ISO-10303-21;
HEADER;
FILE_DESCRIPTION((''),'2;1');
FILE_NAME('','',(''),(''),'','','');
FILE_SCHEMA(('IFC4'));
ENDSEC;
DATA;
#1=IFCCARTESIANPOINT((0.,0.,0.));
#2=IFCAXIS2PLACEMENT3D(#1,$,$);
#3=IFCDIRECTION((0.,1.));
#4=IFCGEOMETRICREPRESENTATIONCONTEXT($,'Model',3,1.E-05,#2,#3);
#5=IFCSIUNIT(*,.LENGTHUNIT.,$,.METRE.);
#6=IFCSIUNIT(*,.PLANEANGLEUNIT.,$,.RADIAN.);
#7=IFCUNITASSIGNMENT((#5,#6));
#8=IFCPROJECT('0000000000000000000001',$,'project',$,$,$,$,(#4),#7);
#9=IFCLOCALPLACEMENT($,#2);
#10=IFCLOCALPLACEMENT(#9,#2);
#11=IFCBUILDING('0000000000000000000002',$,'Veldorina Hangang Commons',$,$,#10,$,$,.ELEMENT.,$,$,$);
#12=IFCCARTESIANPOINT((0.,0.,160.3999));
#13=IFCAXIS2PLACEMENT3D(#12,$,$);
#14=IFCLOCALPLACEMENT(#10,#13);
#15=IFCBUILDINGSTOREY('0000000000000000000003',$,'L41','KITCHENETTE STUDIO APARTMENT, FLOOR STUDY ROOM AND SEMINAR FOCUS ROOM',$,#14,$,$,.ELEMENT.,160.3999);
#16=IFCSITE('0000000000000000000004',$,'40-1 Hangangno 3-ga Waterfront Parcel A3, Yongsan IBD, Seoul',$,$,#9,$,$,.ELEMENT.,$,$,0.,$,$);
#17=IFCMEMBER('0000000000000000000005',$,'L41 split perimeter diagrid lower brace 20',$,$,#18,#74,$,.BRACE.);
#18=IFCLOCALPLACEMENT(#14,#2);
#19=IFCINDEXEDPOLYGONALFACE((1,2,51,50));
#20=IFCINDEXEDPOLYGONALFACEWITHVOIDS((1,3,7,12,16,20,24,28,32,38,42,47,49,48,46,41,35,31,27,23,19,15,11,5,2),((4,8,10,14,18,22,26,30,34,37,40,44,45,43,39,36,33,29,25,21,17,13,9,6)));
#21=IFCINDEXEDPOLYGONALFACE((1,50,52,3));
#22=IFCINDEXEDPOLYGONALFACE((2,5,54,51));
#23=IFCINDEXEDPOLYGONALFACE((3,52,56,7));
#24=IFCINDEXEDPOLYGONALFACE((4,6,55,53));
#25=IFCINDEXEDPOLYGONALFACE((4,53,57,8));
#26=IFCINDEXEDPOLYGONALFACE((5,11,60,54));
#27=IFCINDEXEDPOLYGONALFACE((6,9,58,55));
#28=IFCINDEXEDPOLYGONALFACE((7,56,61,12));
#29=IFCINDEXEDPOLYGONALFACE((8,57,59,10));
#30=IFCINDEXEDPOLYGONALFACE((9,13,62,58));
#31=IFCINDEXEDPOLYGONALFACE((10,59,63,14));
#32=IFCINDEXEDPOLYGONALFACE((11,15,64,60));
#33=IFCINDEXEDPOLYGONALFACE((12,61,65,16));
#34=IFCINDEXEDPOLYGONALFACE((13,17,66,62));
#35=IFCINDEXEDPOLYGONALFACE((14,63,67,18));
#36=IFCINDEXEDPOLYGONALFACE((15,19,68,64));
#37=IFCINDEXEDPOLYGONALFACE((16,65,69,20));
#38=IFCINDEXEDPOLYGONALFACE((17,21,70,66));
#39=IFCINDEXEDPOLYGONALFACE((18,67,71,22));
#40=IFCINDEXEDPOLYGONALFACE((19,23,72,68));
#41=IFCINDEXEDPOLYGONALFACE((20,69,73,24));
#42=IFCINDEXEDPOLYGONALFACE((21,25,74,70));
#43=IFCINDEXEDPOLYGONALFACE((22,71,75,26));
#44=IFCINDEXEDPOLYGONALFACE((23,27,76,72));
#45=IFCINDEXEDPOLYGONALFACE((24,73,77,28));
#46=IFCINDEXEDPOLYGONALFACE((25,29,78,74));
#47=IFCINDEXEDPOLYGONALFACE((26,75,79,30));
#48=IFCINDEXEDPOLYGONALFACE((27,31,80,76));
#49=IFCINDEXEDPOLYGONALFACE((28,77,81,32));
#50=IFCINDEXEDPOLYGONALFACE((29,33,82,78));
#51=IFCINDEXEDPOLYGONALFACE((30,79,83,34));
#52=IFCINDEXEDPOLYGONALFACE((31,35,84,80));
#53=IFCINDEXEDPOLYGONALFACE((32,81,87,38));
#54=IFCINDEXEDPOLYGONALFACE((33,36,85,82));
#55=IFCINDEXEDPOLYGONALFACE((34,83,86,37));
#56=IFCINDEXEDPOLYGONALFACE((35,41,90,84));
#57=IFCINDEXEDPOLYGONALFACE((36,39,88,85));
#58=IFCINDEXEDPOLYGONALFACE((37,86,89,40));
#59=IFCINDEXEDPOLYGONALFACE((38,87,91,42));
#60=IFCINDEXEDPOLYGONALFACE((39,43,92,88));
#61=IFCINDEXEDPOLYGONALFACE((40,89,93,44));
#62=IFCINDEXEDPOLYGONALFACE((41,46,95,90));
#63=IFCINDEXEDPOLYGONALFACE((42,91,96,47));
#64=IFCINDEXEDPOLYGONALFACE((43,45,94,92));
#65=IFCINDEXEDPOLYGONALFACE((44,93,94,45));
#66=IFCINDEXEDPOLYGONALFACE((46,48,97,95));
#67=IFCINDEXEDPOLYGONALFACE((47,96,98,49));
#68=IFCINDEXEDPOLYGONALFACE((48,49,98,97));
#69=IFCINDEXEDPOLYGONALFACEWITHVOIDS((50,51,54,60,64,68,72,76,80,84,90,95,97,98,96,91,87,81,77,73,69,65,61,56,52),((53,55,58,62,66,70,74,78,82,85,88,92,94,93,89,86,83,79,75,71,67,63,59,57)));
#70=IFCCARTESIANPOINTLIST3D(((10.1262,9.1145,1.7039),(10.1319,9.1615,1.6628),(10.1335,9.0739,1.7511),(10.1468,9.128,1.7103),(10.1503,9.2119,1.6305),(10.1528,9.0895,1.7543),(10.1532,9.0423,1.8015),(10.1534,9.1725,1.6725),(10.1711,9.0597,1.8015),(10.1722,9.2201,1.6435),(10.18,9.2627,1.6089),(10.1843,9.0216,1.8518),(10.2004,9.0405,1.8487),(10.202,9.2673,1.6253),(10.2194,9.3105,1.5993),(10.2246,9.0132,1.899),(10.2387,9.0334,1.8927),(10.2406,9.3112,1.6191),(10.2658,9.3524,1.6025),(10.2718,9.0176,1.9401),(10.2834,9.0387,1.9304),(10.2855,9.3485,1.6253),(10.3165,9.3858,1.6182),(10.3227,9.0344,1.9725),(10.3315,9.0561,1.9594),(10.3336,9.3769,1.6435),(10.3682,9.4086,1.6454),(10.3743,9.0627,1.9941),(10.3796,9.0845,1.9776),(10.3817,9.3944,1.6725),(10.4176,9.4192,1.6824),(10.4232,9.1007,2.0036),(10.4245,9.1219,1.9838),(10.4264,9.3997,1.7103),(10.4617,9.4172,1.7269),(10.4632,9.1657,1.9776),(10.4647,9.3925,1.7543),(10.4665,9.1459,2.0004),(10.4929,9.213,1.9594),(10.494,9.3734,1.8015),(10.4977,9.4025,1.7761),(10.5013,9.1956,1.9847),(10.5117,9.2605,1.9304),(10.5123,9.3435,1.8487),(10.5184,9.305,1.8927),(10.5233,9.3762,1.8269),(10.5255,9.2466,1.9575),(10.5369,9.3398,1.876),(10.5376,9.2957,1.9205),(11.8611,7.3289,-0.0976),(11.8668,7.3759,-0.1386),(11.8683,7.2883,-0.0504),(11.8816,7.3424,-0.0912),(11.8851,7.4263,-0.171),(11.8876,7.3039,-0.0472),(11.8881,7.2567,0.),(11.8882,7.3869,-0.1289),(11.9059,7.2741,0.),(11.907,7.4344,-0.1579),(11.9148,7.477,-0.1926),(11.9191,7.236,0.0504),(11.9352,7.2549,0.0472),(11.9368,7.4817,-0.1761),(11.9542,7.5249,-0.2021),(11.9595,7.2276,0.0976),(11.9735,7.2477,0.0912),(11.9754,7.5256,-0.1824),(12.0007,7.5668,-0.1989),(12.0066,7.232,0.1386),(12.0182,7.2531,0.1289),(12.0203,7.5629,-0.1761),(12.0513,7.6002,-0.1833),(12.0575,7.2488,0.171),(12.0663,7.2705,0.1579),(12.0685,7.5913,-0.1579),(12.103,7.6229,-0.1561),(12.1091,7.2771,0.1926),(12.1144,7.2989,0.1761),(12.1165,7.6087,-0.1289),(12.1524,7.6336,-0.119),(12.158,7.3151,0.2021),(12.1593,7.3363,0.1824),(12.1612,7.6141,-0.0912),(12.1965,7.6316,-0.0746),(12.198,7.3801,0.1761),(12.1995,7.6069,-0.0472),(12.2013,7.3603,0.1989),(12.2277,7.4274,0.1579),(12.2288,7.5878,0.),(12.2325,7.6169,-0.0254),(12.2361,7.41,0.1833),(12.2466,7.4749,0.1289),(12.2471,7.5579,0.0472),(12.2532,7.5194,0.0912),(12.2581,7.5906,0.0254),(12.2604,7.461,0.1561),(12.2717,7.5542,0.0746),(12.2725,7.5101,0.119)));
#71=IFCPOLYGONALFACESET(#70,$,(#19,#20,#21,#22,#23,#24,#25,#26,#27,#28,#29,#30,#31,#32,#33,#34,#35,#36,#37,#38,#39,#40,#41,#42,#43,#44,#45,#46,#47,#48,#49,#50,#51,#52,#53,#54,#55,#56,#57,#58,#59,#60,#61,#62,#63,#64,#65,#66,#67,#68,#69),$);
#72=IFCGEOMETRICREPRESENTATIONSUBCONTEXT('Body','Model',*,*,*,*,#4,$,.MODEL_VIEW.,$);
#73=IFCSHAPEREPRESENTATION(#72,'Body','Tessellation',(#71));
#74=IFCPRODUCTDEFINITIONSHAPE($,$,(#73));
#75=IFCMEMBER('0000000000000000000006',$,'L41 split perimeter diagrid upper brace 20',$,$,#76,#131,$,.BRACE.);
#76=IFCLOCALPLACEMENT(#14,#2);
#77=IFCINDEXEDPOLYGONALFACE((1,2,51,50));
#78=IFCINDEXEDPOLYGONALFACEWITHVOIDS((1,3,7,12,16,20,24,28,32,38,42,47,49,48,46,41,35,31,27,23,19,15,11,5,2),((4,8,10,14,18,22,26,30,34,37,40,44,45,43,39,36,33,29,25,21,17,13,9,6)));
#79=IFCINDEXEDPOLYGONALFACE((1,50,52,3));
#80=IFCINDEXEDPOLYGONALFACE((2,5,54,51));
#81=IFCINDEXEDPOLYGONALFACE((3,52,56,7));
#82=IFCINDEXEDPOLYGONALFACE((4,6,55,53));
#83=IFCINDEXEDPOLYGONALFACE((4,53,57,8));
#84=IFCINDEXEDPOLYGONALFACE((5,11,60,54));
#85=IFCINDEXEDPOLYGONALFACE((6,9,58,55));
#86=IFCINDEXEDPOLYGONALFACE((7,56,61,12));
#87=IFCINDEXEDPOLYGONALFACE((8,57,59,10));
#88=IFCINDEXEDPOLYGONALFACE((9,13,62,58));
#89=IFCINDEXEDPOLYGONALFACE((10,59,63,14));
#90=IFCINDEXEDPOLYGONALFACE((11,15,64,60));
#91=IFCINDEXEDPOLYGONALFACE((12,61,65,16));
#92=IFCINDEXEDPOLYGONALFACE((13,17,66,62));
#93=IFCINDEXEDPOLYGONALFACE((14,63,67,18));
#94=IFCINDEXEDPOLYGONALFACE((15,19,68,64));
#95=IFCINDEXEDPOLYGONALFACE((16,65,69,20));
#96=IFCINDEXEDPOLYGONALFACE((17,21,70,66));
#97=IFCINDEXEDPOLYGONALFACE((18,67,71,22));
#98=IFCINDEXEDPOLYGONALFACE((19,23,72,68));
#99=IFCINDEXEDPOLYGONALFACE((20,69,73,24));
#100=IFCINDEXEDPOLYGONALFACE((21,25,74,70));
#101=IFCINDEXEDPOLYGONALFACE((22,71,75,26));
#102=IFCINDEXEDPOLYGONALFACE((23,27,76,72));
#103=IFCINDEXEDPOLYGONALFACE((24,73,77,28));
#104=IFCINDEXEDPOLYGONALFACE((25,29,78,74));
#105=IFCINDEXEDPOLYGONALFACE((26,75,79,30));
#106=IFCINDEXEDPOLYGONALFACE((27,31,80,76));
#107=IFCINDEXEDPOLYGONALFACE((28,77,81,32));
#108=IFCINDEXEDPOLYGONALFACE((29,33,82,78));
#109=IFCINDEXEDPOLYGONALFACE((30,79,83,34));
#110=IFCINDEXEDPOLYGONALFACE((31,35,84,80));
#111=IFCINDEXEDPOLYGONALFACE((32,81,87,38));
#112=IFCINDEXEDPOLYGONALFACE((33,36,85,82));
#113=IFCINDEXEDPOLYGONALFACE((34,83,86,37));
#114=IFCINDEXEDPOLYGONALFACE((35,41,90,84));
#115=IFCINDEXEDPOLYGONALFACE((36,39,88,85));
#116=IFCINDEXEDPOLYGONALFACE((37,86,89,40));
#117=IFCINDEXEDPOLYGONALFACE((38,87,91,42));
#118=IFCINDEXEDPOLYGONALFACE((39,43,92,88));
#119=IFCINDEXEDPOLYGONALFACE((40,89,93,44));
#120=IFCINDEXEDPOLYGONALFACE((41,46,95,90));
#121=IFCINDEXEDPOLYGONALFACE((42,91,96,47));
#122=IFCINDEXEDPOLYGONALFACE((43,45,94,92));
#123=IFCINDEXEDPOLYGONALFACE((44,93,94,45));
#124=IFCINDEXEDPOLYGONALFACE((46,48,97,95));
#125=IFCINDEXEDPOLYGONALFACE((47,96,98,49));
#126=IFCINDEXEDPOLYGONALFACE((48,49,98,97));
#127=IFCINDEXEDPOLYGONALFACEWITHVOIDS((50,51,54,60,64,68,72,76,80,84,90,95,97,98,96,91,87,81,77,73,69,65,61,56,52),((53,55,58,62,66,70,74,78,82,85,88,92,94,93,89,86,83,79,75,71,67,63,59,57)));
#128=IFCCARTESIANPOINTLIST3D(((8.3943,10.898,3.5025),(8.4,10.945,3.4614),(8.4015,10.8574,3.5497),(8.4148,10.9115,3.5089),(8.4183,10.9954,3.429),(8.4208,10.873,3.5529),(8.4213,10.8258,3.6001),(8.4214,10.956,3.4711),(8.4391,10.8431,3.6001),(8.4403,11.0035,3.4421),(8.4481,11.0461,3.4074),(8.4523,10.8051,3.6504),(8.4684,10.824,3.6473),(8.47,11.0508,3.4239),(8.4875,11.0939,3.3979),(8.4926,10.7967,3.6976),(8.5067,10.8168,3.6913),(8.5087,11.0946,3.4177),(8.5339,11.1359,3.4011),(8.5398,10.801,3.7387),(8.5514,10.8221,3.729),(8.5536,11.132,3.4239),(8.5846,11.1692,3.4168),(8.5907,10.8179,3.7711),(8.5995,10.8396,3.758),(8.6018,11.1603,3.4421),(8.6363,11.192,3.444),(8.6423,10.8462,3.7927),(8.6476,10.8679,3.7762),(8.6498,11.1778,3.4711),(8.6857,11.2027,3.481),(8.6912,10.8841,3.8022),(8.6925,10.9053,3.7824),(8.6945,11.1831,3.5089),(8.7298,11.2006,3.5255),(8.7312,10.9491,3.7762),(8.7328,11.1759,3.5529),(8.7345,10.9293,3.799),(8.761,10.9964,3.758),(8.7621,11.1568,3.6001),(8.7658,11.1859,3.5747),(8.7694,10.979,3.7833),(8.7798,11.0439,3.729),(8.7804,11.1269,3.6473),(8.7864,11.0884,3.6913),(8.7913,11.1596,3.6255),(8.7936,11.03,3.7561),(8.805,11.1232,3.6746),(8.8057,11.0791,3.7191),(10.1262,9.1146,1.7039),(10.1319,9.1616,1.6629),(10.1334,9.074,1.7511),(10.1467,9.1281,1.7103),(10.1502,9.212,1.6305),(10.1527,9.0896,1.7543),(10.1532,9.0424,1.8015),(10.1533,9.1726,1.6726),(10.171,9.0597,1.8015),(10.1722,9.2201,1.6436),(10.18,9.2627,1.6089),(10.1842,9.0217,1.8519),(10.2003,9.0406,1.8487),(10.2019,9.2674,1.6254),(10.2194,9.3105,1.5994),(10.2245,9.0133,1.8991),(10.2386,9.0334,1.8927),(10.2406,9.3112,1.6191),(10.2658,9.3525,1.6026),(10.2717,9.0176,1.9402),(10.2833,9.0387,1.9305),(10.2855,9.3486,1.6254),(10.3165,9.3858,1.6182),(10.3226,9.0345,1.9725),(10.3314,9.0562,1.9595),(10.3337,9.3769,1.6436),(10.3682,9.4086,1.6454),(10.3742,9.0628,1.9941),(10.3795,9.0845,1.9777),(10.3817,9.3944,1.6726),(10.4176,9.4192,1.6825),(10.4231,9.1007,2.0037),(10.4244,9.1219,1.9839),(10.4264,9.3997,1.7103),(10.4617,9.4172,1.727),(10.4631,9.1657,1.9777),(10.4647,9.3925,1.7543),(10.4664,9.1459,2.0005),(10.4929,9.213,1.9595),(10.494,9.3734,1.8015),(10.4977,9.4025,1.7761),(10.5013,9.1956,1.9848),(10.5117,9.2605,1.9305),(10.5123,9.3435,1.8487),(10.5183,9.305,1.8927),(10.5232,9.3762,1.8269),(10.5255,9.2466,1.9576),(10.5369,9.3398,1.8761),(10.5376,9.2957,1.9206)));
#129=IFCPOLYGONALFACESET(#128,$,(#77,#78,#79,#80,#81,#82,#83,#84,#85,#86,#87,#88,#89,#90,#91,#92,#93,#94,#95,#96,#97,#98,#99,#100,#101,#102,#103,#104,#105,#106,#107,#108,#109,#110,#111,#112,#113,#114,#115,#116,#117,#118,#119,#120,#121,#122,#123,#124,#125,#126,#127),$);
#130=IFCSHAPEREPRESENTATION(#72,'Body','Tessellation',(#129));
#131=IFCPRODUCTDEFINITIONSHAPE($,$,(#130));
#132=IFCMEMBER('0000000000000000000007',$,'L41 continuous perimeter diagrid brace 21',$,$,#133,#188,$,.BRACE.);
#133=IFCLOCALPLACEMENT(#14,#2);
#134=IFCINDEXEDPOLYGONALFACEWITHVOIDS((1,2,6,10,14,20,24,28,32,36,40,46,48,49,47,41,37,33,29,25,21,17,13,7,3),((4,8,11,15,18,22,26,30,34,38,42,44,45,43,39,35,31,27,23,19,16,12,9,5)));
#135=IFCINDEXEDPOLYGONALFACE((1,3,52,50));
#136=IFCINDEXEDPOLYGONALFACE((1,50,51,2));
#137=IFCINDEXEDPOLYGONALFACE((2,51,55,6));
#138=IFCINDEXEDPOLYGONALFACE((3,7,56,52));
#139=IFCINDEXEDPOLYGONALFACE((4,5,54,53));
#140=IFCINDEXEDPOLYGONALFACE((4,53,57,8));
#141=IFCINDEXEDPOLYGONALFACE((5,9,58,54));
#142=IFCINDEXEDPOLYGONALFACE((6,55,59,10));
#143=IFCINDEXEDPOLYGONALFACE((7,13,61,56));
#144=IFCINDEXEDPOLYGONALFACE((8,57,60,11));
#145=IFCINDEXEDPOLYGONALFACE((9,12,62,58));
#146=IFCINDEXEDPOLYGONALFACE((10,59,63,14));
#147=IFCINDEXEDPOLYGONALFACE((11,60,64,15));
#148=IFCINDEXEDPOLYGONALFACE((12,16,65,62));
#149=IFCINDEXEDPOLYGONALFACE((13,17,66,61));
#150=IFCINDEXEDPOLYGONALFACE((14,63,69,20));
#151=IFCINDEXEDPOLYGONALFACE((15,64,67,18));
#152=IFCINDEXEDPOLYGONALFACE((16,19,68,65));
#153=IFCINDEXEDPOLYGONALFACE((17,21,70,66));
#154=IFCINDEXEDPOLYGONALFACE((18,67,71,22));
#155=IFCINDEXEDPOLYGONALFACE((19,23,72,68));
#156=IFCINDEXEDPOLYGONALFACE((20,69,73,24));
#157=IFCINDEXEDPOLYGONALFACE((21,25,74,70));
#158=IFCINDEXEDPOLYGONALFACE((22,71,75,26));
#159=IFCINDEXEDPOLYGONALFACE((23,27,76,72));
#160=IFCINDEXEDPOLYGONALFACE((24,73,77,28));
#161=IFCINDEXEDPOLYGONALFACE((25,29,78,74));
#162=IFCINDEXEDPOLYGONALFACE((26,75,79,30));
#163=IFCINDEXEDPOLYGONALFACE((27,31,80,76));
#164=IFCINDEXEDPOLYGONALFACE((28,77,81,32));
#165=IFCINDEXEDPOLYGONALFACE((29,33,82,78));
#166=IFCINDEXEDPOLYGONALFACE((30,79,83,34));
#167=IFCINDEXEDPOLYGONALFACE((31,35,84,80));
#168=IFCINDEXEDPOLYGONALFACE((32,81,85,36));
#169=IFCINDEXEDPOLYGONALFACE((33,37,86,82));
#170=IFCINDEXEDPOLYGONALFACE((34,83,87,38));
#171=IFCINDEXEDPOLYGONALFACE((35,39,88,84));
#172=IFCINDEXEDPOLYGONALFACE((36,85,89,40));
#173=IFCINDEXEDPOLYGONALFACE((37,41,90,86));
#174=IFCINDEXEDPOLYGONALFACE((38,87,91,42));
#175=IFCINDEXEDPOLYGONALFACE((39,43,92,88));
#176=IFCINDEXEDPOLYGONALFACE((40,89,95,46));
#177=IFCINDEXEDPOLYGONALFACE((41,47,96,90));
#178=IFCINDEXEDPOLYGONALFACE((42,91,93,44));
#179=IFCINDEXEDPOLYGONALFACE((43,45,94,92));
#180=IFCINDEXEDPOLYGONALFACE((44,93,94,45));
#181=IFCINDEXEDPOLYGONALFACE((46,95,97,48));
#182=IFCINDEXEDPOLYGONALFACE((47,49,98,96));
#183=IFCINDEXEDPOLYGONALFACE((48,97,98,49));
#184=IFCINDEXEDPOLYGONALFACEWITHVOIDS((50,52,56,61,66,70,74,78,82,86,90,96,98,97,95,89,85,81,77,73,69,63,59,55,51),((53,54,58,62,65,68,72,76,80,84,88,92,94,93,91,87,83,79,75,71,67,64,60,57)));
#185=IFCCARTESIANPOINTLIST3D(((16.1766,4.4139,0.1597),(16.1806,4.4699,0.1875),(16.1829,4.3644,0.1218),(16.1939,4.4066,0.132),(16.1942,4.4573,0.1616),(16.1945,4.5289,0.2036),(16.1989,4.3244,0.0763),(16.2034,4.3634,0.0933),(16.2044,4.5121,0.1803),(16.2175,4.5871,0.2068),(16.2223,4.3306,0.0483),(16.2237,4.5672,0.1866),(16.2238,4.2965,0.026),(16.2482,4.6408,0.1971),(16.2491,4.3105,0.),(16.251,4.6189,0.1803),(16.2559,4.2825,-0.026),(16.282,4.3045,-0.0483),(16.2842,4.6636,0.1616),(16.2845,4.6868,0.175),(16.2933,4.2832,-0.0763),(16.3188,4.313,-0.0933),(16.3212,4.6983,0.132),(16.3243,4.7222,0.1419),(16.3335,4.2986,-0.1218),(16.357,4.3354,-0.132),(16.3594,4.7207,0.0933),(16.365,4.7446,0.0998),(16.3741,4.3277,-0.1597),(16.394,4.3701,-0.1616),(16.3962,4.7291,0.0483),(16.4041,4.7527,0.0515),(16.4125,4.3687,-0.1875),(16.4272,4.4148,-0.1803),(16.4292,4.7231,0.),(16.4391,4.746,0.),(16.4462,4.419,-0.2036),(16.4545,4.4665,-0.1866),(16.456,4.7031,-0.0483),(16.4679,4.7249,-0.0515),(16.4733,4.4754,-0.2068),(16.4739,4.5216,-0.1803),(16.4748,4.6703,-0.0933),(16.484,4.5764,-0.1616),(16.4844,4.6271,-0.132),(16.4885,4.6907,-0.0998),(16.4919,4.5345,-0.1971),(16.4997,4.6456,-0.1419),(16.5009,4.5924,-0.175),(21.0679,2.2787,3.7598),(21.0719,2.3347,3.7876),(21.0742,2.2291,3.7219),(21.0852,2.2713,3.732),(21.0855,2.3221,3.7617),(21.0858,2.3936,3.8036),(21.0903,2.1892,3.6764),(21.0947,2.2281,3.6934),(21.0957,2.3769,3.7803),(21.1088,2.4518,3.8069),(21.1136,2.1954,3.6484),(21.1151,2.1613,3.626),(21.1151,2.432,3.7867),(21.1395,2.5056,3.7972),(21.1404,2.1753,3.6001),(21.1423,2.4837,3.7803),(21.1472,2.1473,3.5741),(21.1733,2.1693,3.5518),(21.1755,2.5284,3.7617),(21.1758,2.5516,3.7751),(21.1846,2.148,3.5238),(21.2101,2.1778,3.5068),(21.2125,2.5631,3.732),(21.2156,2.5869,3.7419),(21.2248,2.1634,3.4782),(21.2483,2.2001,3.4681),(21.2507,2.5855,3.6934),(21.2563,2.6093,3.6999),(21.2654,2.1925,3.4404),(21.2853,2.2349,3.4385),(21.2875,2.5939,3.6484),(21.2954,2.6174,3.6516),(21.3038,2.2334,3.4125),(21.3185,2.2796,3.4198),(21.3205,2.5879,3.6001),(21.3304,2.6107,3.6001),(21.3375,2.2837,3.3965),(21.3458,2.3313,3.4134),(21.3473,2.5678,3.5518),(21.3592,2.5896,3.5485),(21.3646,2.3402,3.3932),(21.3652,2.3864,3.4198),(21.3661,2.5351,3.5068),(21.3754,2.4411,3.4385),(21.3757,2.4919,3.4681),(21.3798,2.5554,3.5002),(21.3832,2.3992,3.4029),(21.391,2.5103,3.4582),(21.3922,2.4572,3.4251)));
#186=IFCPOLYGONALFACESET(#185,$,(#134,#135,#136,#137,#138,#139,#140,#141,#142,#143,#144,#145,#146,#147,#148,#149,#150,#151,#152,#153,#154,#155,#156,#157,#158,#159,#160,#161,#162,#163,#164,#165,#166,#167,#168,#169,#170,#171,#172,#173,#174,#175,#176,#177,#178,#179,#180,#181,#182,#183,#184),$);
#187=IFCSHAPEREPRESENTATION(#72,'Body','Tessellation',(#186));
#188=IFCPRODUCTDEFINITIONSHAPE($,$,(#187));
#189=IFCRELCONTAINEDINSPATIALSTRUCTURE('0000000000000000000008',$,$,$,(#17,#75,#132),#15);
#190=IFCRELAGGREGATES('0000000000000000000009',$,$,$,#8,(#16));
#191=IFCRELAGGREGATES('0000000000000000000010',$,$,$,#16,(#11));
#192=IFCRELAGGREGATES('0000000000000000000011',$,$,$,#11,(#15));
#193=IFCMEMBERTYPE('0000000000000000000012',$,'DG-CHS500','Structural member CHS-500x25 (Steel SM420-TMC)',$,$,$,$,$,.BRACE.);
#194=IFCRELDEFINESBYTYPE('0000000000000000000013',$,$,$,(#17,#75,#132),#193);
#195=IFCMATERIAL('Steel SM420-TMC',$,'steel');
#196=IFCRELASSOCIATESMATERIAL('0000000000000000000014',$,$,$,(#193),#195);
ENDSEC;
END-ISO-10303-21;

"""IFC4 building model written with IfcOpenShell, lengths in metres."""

from ifc_helpers import new_model, si_unit, direction, frame, origin, origin_2d, place, context, subcontext, project, spatial, hollow_circle, extrude, material, material_profile, profile_set, type_object, element, save


model = new_model("IFC4")

# Units and contexts
model_context = context("Model", 3, precision=1e-05, world=origin(), true_north=direction((0.0, 1.0)))
body_context = subcontext(model_context, "Body", "Model", "MODEL_VIEW")
ifc_project = project(units=[si_unit("LENGTHUNIT", "METRE"), si_unit("PLANEANGLEUNIT", "RADIAN")], contexts=[model_context])

# Site, building, storey
site_placement = place(None, origin())
site = spatial("IfcSite", under=ifc_project, at=site_placement, Name="40-1 Hangangno 3-ga Waterfront Parcel A3, Yongsan IBD, Seoul", CompositionType="ELEMENT", RefElevation=0.0)
building_placement = place(site_placement, origin())
building = spatial("IfcBuilding", under=site, at=building_placement, Name="Veldorina Hangang Commons", CompositionType="ELEMENT")
storey_placement = place(building_placement, frame((0.0, 0.0, 160.3999)))
storey = spatial("IfcBuildingStorey", under=building, at=storey_placement, Name="L41", Description="KITCHENETTE STUDIO APARTMENT, FLOOR STUDY ROOM AND SEMINAR FOCUS ROOM", CompositionType="ELEMENT", Elevation=160.3999)

# Shared definitions
ifc_material_1 = material(Name="Steel SM420-TMC", Category="steel")

# Members
ifc_material_profile_1 = material_profile(ifc_material_1, hollow_circle(Radius=0.25, WallThickness=0.0249, at=origin_2d()), Name="CHS-500x25")
ifc_profile_set_1 = profile_set([ifc_material_profile_1], Name="Steel SM420-TMC")
member_type = type_object("IfcMemberType", Name="DG-CHS500", Description="Structural member CHS-500x25 (Steel SM420-TMC)", PredefinedType="BRACE", material=ifc_profile_set_1)
member_1_placement = place(storey_placement, frame((12.0674, 7.4309, 0.0), z_axis=(-0.564538, 0.581063, 0.586227), x_axis=(-0.717232, -0.696835, 0.0)))
element("IfcMember", 1, at=member_1_placement, inside=storey, type_object=member_type, Name="L41 split perimeter diagrid lower brace 20", PredefinedType="BRACE", context=body_context, shape_type="SweptSolid", body=[
    extrude(hollow_circle(Radius=0.25, WallThickness=0.0249, at=origin_2d()), origin(), (0.0, 0.0, 1.0), 3.073),
])
member_2_placement = place(storey_placement, frame((10.3325, 9.2166, 1.8015), z_axis=(-0.564439, 0.581227, 0.58616), x_axis=(-0.717392, -0.69667, 0.0)))
element("IfcMember", 2, at=member_2_placement, inside=storey, type_object=member_type, Name="L41 split perimeter diagrid upper brace 20", PredefinedType="BRACE", context=body_context, shape_type="SweptSolid", body=[
    extrude(hollow_circle(Radius=0.25, WallThickness=0.0249, at=origin_2d()), origin(), (0.0, 0.0, 1.0), 3.0684),
])
member_3_placement = place(storey_placement, frame((16.3391, 4.5168, 0.0), z_axis=(0.759786, -0.331674, 0.559212), x_axis=(0.400077, 0.916481, 0.0)))
element("IfcMember", 3, at=member_3_placement, inside=storey, type_object=member_type, Name="L41 continuous perimeter diagrid brace 21", PredefinedType="BRACE", context=body_context, shape_type="SweptSolid", body=[
    extrude(hollow_circle(Radius=0.25, WallThickness=0.0249, at=origin_2d()), origin(), (0.0, 0.0, 1.0), 6.4377),
])

save(model, "model.ifc")
